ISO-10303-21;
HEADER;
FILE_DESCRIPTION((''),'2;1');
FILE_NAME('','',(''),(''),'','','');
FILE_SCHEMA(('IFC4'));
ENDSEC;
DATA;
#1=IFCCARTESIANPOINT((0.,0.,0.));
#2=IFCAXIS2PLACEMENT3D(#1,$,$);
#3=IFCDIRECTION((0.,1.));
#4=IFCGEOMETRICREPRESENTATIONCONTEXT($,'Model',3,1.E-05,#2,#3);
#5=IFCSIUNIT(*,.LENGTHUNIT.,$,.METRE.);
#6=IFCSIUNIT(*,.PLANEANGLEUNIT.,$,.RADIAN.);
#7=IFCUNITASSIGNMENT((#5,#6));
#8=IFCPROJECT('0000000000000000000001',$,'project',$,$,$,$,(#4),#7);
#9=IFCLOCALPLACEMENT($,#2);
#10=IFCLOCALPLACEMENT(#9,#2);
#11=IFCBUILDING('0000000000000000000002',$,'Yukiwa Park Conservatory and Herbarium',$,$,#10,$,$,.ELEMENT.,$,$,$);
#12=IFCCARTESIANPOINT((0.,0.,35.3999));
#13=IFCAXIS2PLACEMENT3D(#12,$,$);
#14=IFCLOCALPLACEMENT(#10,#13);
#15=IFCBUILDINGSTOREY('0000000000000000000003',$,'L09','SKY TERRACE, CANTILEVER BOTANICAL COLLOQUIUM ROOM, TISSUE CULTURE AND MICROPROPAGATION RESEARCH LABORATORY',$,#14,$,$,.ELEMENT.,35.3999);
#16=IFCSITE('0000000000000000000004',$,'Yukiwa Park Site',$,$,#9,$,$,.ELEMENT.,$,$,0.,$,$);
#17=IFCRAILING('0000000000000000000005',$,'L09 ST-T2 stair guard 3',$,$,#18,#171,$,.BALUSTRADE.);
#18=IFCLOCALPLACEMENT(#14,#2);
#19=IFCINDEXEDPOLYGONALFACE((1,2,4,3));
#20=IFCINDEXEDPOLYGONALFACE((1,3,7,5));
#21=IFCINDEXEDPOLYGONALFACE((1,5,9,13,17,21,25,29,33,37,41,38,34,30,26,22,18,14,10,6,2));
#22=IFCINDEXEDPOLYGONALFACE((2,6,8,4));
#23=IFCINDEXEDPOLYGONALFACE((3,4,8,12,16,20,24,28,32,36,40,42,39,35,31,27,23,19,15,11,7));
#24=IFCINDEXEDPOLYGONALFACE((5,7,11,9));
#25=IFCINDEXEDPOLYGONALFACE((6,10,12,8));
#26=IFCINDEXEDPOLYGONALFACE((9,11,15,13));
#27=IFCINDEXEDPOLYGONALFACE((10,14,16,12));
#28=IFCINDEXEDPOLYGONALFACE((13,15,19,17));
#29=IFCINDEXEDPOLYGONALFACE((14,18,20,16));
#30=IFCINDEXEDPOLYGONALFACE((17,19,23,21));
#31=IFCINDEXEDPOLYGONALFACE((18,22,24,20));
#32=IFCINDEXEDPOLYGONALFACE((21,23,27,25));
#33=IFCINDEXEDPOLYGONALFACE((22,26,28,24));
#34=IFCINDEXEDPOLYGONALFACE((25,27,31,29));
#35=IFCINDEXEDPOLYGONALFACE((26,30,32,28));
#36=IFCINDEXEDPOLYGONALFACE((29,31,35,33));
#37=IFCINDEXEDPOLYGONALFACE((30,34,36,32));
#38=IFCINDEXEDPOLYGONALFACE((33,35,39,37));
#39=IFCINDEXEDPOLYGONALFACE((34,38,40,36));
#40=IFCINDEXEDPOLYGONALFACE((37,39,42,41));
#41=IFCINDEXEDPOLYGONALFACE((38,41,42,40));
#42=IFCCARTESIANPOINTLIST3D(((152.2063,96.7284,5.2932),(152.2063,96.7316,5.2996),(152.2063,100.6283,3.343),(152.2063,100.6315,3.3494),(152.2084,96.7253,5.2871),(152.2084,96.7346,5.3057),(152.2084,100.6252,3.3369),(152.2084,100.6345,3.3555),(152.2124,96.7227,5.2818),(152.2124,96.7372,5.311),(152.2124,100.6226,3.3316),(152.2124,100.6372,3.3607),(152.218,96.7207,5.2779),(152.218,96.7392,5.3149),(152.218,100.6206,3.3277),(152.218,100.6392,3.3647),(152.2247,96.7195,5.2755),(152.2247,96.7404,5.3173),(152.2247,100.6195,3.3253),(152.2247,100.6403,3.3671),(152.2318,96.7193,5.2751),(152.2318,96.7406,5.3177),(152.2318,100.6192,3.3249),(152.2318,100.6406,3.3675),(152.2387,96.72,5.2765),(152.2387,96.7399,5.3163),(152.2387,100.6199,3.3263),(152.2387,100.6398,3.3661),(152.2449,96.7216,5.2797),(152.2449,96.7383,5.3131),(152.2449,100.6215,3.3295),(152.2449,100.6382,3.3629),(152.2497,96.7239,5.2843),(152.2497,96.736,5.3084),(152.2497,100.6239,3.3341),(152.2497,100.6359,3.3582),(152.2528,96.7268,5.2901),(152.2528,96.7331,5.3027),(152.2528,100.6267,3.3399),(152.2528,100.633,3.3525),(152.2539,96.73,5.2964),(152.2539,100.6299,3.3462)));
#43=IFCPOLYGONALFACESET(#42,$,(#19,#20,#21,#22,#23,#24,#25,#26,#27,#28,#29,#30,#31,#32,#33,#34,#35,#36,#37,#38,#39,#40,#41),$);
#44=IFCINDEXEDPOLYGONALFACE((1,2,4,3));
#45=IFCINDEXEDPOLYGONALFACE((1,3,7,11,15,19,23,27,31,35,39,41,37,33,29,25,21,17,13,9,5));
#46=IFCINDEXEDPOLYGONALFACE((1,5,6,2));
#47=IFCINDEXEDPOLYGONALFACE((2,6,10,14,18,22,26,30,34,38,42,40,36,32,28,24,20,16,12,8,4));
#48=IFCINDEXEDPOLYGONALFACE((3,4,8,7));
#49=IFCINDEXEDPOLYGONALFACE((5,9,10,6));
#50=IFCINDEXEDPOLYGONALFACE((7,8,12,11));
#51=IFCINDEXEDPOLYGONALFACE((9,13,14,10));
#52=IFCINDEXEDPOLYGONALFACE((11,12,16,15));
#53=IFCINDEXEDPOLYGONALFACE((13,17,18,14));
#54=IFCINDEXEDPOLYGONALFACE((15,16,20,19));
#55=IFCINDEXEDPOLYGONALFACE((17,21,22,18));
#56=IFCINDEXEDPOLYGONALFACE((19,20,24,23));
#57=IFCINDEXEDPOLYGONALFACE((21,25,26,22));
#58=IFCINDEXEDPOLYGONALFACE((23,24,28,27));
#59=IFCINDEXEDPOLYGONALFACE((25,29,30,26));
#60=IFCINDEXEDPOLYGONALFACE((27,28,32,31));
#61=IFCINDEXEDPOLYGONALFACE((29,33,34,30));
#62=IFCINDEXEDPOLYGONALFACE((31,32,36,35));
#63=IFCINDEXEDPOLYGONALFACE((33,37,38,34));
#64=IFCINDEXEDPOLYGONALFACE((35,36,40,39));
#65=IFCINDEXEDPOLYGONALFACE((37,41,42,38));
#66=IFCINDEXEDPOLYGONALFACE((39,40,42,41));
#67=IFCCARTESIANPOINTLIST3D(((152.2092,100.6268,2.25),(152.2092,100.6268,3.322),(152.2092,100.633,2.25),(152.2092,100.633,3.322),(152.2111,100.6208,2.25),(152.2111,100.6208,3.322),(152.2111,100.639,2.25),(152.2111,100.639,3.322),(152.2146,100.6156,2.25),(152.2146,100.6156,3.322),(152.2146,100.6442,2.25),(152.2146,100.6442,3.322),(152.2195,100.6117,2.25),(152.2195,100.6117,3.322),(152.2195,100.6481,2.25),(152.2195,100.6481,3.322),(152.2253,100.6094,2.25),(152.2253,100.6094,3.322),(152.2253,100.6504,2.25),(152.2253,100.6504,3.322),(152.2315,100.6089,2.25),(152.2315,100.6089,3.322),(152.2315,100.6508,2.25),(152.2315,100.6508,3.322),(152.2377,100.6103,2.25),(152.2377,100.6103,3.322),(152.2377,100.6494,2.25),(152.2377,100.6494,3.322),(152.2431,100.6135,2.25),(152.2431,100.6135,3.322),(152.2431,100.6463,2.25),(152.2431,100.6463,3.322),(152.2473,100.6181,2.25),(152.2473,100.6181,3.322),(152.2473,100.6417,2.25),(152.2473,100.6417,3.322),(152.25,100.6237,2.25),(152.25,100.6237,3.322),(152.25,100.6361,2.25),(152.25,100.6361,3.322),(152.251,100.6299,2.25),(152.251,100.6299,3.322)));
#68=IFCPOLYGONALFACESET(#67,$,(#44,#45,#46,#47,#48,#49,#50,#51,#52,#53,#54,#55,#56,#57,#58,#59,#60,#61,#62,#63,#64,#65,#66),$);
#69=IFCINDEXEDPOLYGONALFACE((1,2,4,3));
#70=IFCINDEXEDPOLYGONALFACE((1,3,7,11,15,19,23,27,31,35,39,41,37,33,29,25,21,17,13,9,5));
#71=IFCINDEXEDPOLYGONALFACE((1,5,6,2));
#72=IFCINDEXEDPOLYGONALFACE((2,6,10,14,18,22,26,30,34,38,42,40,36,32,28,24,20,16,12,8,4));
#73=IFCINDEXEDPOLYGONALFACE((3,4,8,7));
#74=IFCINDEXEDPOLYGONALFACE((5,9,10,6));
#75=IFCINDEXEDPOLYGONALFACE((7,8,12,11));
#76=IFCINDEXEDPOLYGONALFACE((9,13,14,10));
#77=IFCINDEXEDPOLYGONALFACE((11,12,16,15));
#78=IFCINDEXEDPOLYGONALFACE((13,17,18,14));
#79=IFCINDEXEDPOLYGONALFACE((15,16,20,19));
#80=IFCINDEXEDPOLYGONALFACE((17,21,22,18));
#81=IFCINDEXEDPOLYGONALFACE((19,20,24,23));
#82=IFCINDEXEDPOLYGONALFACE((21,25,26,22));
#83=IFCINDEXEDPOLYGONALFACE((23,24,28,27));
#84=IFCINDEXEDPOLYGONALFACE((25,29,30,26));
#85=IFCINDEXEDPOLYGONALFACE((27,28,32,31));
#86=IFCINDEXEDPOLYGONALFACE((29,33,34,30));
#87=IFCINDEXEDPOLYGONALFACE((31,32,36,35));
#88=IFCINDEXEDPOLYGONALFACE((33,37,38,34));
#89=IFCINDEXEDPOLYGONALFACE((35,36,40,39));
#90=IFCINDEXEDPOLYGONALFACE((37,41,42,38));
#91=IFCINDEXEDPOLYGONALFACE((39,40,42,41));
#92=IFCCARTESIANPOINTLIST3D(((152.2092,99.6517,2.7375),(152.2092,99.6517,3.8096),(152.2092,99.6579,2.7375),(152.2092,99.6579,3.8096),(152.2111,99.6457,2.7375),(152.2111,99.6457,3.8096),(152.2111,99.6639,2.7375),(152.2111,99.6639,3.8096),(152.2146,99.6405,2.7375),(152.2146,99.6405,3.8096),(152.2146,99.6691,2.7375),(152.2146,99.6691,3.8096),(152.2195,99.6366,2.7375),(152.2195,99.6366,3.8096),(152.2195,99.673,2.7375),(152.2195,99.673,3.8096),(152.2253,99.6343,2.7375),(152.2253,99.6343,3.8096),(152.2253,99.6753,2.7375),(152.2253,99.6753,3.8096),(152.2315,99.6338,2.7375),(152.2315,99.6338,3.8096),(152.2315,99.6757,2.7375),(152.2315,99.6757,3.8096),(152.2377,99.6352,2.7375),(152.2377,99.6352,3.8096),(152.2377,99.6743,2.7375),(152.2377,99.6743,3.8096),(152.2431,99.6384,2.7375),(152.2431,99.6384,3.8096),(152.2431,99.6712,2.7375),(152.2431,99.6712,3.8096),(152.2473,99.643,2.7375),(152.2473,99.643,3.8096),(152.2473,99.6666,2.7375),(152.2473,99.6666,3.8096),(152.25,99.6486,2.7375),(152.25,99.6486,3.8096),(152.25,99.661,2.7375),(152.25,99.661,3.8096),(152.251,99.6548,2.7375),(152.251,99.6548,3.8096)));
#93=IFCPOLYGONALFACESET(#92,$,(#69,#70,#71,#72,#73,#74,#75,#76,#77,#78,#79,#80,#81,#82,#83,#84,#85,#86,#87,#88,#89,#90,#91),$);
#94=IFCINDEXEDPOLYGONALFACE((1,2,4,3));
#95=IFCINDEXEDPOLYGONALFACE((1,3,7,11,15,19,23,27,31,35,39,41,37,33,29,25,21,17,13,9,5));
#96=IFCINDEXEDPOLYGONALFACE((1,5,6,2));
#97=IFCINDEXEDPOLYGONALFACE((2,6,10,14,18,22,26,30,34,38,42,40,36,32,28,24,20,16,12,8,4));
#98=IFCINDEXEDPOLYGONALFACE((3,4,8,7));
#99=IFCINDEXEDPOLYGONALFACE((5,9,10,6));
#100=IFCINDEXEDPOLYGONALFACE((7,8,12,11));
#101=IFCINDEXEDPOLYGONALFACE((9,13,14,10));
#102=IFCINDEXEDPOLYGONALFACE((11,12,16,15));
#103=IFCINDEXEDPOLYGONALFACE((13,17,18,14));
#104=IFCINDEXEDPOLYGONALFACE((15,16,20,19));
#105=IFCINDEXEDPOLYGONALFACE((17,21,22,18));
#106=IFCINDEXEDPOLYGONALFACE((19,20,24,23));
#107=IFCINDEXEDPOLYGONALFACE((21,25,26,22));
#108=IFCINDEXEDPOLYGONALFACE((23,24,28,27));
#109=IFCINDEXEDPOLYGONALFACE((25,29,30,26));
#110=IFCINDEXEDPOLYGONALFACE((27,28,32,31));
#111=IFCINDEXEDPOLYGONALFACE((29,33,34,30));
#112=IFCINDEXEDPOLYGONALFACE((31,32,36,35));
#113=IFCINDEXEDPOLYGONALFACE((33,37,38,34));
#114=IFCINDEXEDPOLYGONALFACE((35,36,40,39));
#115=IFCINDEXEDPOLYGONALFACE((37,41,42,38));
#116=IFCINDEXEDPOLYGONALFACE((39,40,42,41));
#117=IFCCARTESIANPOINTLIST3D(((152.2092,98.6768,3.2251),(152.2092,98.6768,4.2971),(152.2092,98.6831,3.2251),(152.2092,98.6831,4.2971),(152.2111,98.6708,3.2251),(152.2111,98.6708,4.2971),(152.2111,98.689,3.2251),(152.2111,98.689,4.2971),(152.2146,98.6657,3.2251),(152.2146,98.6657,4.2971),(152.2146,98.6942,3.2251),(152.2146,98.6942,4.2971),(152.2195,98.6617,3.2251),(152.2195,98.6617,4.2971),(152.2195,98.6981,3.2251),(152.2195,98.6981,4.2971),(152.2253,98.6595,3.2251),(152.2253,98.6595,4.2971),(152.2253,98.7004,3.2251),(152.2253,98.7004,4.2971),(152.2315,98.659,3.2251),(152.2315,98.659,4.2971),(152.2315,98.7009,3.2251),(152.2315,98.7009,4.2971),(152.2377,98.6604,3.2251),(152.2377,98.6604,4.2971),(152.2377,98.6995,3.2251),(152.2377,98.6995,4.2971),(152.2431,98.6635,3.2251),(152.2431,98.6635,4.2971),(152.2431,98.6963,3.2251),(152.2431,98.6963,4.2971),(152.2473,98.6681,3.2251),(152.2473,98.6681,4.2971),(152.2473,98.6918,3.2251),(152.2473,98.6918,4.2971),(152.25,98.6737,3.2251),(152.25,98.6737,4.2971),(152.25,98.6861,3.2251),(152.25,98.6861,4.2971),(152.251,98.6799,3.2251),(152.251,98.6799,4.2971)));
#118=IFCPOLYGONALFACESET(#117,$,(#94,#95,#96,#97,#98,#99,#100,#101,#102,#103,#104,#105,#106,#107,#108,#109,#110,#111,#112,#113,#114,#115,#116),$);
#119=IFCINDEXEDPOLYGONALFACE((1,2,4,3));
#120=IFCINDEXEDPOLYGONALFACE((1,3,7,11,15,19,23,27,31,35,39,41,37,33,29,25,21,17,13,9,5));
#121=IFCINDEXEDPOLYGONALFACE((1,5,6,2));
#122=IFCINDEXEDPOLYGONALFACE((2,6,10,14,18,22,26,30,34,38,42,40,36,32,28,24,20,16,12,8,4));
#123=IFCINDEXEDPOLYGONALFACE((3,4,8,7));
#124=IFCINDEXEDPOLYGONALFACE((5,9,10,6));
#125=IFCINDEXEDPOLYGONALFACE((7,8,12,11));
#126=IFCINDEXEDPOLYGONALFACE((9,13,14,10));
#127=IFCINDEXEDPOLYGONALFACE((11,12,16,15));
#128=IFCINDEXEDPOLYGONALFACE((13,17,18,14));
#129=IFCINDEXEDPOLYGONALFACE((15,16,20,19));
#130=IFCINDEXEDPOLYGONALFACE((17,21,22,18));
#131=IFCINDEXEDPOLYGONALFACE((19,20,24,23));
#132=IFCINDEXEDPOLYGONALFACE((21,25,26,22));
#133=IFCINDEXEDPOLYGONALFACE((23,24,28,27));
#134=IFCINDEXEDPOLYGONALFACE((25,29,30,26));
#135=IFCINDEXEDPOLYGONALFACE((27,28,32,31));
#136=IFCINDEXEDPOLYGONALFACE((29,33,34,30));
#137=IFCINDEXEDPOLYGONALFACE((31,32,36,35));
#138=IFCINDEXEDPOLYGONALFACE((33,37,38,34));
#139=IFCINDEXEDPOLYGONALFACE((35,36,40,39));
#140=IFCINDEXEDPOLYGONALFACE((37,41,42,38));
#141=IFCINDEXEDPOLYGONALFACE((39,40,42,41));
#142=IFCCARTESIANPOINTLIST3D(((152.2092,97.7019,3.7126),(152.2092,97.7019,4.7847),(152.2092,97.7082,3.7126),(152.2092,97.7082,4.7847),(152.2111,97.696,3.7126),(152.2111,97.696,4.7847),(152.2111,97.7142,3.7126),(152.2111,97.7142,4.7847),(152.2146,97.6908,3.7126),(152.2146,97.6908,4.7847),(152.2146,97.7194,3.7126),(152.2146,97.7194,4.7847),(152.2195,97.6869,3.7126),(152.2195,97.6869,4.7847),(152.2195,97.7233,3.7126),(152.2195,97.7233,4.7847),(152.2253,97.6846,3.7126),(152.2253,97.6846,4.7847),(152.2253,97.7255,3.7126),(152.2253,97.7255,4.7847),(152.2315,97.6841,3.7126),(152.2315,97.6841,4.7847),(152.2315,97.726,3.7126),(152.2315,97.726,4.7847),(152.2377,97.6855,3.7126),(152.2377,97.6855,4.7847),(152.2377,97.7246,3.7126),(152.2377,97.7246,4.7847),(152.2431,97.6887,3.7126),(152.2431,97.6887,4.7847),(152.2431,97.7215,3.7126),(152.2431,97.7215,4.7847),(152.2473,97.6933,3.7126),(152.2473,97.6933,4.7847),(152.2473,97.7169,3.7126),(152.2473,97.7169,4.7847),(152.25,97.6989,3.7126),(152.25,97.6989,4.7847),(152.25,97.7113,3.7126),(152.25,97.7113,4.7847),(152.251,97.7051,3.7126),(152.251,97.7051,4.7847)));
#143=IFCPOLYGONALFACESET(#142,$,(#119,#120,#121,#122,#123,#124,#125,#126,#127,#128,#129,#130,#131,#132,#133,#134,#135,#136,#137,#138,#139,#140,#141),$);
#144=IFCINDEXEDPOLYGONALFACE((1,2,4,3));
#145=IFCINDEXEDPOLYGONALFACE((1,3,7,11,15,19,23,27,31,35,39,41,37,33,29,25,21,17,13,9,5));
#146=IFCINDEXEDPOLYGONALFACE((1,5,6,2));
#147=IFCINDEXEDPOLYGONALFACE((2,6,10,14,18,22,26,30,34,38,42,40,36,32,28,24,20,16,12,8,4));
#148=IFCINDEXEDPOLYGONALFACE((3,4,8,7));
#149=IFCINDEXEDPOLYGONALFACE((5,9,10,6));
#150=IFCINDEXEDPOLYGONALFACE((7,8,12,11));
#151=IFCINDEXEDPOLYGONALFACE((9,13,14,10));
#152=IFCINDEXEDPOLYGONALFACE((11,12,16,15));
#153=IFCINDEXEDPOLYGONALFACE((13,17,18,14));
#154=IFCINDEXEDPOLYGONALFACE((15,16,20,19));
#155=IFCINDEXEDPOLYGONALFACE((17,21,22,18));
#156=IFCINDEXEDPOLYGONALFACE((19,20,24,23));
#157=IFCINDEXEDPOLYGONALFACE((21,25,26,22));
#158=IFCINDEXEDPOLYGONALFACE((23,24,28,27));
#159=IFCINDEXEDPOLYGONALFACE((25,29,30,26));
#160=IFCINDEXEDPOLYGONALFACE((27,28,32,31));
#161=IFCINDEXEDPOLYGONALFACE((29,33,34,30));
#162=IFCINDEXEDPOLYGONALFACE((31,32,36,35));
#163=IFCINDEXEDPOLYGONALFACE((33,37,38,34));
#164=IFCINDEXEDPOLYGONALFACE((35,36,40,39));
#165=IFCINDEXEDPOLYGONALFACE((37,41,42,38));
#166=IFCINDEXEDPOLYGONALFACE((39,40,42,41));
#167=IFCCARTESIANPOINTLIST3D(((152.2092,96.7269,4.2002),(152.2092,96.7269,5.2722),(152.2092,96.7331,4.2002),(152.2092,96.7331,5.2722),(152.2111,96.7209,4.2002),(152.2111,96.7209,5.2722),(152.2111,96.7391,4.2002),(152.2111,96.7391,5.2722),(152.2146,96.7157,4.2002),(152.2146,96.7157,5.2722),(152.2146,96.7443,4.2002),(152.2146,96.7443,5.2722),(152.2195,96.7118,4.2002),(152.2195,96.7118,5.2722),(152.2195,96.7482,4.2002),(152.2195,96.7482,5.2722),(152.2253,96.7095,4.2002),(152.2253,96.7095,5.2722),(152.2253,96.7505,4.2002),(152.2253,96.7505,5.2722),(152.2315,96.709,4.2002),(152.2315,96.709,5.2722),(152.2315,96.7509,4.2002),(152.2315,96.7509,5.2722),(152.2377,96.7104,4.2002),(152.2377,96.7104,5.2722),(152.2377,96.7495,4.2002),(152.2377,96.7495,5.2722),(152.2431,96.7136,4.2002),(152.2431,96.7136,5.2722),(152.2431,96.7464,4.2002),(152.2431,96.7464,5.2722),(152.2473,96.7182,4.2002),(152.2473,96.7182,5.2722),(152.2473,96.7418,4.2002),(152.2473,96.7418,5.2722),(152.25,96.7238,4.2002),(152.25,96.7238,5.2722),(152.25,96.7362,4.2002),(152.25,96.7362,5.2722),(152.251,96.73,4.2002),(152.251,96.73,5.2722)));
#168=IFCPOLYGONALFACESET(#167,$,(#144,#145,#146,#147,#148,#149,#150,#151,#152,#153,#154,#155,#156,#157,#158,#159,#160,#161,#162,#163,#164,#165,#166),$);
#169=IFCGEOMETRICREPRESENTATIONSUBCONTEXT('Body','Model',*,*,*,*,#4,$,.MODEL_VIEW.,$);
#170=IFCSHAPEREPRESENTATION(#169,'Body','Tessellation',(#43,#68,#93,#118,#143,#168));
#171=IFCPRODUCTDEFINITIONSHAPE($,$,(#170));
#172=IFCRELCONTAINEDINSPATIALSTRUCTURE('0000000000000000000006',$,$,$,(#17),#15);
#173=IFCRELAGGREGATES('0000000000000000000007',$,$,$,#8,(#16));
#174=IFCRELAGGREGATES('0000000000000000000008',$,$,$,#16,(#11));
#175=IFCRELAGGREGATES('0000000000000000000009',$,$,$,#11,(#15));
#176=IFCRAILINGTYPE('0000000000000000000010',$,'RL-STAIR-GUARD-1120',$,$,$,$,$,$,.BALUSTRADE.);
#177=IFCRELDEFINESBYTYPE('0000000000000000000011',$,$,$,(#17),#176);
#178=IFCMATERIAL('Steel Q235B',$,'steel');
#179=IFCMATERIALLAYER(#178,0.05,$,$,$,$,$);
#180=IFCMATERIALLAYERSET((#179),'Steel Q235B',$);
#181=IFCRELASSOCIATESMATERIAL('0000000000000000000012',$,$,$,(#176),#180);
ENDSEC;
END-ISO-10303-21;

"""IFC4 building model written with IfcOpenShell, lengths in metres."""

from ifc_helpers import new_model, si_unit, direction, frame, origin, origin_2d, place, context, subcontext, project, spatial, circle, extrude, material, layer, layer_set, type_object, element, save


model = new_model("IFC4")

# Units and contexts
model_context = context("Model", 3, precision=1e-05, world=origin(), true_north=direction((0.0, 1.0)))
body_context = subcontext(model_context, "Body", "Model", "MODEL_VIEW")
ifc_project = project(units=[si_unit("LENGTHUNIT", "METRE"), si_unit("PLANEANGLEUNIT", "RADIAN")], contexts=[model_context])

# Site, building, storey
site_placement = place(None, origin())
site = spatial("IfcSite", under=ifc_project, at=site_placement, Name="Yukiwa Park Site", CompositionType="ELEMENT", RefElevation=0.0)
building_placement = place(site_placement, origin())
building = spatial("IfcBuilding", under=site, at=building_placement, Name="Yukiwa Park Conservatory and Herbarium", CompositionType="ELEMENT")
storey_placement = place(building_placement, frame((0.0, 0.0, 35.3999)))
storey = spatial("IfcBuildingStorey", under=building, at=storey_placement, Name="L09", Description="SKY TERRACE, CANTILEVER BOTANICAL COLLOQUIUM ROOM, TISSUE CULTURE AND MICROPROPAGATION RESEARCH LABORATORY", CompositionType="ELEMENT", Elevation=35.3999)

# Railing
ifc_material_1 = material(Name="Steel Q235B", Category="steel")
ifc_layer_1 = layer(ifc_material_1, 0.05)
ifc_layer_set_1 = layer_set([ifc_layer_1], Name="Steel Q235B")
railing_type_1 = type_object("IfcRailingType", Name="RL-STAIR-GUARD-1120", PredefinedType="BALUSTRADE", material=ifc_layer_set_1)
railing_1_placement = place(storey_placement, frame((152.23, 100.6299, 2.25)))
element("IfcRailing", 1, at=railing_1_placement, inside=storey, type_object=railing_type_1, Name="L09 ST-T2 stair guard 3", PredefinedType="BALUSTRADE", context=body_context, shape_type="SweptSolid", body=[
    extrude(circle(Radius=0.0239, at=origin_2d()), frame((0.0, 0.0, 1.0962), z_axis=(0.0, -0.894405, 0.447258), x_axis=(1.0, 0.0, 0.0)), (0.0, 0.0, 1.0), 4.3604),
    extrude(circle(Radius=0.021, at=origin_2d()), origin(), (0.0, 0.0, 1.0), 1.072),
    extrude(circle(Radius=0.021, at=origin_2d()), frame((0.0, -0.9751, 0.4875)), (0.0, 0.0, 1.0), 1.072),
    extrude(circle(Radius=0.021, at=origin_2d()), frame((0.0, -1.95, 0.9751)), (0.0, 0.0, 1.0), 1.072),
    extrude(circle(Radius=0.021, at=origin_2d()), frame((0.0, -2.9248, 1.4626)), (0.0, 0.0, 1.0), 1.072),
    extrude(circle(Radius=0.021, at=origin_2d()), frame((0.0, -3.8999, 1.9502)), (0.0, 0.0, 1.0), 1.072),
])

save(model, "model.ifc")
